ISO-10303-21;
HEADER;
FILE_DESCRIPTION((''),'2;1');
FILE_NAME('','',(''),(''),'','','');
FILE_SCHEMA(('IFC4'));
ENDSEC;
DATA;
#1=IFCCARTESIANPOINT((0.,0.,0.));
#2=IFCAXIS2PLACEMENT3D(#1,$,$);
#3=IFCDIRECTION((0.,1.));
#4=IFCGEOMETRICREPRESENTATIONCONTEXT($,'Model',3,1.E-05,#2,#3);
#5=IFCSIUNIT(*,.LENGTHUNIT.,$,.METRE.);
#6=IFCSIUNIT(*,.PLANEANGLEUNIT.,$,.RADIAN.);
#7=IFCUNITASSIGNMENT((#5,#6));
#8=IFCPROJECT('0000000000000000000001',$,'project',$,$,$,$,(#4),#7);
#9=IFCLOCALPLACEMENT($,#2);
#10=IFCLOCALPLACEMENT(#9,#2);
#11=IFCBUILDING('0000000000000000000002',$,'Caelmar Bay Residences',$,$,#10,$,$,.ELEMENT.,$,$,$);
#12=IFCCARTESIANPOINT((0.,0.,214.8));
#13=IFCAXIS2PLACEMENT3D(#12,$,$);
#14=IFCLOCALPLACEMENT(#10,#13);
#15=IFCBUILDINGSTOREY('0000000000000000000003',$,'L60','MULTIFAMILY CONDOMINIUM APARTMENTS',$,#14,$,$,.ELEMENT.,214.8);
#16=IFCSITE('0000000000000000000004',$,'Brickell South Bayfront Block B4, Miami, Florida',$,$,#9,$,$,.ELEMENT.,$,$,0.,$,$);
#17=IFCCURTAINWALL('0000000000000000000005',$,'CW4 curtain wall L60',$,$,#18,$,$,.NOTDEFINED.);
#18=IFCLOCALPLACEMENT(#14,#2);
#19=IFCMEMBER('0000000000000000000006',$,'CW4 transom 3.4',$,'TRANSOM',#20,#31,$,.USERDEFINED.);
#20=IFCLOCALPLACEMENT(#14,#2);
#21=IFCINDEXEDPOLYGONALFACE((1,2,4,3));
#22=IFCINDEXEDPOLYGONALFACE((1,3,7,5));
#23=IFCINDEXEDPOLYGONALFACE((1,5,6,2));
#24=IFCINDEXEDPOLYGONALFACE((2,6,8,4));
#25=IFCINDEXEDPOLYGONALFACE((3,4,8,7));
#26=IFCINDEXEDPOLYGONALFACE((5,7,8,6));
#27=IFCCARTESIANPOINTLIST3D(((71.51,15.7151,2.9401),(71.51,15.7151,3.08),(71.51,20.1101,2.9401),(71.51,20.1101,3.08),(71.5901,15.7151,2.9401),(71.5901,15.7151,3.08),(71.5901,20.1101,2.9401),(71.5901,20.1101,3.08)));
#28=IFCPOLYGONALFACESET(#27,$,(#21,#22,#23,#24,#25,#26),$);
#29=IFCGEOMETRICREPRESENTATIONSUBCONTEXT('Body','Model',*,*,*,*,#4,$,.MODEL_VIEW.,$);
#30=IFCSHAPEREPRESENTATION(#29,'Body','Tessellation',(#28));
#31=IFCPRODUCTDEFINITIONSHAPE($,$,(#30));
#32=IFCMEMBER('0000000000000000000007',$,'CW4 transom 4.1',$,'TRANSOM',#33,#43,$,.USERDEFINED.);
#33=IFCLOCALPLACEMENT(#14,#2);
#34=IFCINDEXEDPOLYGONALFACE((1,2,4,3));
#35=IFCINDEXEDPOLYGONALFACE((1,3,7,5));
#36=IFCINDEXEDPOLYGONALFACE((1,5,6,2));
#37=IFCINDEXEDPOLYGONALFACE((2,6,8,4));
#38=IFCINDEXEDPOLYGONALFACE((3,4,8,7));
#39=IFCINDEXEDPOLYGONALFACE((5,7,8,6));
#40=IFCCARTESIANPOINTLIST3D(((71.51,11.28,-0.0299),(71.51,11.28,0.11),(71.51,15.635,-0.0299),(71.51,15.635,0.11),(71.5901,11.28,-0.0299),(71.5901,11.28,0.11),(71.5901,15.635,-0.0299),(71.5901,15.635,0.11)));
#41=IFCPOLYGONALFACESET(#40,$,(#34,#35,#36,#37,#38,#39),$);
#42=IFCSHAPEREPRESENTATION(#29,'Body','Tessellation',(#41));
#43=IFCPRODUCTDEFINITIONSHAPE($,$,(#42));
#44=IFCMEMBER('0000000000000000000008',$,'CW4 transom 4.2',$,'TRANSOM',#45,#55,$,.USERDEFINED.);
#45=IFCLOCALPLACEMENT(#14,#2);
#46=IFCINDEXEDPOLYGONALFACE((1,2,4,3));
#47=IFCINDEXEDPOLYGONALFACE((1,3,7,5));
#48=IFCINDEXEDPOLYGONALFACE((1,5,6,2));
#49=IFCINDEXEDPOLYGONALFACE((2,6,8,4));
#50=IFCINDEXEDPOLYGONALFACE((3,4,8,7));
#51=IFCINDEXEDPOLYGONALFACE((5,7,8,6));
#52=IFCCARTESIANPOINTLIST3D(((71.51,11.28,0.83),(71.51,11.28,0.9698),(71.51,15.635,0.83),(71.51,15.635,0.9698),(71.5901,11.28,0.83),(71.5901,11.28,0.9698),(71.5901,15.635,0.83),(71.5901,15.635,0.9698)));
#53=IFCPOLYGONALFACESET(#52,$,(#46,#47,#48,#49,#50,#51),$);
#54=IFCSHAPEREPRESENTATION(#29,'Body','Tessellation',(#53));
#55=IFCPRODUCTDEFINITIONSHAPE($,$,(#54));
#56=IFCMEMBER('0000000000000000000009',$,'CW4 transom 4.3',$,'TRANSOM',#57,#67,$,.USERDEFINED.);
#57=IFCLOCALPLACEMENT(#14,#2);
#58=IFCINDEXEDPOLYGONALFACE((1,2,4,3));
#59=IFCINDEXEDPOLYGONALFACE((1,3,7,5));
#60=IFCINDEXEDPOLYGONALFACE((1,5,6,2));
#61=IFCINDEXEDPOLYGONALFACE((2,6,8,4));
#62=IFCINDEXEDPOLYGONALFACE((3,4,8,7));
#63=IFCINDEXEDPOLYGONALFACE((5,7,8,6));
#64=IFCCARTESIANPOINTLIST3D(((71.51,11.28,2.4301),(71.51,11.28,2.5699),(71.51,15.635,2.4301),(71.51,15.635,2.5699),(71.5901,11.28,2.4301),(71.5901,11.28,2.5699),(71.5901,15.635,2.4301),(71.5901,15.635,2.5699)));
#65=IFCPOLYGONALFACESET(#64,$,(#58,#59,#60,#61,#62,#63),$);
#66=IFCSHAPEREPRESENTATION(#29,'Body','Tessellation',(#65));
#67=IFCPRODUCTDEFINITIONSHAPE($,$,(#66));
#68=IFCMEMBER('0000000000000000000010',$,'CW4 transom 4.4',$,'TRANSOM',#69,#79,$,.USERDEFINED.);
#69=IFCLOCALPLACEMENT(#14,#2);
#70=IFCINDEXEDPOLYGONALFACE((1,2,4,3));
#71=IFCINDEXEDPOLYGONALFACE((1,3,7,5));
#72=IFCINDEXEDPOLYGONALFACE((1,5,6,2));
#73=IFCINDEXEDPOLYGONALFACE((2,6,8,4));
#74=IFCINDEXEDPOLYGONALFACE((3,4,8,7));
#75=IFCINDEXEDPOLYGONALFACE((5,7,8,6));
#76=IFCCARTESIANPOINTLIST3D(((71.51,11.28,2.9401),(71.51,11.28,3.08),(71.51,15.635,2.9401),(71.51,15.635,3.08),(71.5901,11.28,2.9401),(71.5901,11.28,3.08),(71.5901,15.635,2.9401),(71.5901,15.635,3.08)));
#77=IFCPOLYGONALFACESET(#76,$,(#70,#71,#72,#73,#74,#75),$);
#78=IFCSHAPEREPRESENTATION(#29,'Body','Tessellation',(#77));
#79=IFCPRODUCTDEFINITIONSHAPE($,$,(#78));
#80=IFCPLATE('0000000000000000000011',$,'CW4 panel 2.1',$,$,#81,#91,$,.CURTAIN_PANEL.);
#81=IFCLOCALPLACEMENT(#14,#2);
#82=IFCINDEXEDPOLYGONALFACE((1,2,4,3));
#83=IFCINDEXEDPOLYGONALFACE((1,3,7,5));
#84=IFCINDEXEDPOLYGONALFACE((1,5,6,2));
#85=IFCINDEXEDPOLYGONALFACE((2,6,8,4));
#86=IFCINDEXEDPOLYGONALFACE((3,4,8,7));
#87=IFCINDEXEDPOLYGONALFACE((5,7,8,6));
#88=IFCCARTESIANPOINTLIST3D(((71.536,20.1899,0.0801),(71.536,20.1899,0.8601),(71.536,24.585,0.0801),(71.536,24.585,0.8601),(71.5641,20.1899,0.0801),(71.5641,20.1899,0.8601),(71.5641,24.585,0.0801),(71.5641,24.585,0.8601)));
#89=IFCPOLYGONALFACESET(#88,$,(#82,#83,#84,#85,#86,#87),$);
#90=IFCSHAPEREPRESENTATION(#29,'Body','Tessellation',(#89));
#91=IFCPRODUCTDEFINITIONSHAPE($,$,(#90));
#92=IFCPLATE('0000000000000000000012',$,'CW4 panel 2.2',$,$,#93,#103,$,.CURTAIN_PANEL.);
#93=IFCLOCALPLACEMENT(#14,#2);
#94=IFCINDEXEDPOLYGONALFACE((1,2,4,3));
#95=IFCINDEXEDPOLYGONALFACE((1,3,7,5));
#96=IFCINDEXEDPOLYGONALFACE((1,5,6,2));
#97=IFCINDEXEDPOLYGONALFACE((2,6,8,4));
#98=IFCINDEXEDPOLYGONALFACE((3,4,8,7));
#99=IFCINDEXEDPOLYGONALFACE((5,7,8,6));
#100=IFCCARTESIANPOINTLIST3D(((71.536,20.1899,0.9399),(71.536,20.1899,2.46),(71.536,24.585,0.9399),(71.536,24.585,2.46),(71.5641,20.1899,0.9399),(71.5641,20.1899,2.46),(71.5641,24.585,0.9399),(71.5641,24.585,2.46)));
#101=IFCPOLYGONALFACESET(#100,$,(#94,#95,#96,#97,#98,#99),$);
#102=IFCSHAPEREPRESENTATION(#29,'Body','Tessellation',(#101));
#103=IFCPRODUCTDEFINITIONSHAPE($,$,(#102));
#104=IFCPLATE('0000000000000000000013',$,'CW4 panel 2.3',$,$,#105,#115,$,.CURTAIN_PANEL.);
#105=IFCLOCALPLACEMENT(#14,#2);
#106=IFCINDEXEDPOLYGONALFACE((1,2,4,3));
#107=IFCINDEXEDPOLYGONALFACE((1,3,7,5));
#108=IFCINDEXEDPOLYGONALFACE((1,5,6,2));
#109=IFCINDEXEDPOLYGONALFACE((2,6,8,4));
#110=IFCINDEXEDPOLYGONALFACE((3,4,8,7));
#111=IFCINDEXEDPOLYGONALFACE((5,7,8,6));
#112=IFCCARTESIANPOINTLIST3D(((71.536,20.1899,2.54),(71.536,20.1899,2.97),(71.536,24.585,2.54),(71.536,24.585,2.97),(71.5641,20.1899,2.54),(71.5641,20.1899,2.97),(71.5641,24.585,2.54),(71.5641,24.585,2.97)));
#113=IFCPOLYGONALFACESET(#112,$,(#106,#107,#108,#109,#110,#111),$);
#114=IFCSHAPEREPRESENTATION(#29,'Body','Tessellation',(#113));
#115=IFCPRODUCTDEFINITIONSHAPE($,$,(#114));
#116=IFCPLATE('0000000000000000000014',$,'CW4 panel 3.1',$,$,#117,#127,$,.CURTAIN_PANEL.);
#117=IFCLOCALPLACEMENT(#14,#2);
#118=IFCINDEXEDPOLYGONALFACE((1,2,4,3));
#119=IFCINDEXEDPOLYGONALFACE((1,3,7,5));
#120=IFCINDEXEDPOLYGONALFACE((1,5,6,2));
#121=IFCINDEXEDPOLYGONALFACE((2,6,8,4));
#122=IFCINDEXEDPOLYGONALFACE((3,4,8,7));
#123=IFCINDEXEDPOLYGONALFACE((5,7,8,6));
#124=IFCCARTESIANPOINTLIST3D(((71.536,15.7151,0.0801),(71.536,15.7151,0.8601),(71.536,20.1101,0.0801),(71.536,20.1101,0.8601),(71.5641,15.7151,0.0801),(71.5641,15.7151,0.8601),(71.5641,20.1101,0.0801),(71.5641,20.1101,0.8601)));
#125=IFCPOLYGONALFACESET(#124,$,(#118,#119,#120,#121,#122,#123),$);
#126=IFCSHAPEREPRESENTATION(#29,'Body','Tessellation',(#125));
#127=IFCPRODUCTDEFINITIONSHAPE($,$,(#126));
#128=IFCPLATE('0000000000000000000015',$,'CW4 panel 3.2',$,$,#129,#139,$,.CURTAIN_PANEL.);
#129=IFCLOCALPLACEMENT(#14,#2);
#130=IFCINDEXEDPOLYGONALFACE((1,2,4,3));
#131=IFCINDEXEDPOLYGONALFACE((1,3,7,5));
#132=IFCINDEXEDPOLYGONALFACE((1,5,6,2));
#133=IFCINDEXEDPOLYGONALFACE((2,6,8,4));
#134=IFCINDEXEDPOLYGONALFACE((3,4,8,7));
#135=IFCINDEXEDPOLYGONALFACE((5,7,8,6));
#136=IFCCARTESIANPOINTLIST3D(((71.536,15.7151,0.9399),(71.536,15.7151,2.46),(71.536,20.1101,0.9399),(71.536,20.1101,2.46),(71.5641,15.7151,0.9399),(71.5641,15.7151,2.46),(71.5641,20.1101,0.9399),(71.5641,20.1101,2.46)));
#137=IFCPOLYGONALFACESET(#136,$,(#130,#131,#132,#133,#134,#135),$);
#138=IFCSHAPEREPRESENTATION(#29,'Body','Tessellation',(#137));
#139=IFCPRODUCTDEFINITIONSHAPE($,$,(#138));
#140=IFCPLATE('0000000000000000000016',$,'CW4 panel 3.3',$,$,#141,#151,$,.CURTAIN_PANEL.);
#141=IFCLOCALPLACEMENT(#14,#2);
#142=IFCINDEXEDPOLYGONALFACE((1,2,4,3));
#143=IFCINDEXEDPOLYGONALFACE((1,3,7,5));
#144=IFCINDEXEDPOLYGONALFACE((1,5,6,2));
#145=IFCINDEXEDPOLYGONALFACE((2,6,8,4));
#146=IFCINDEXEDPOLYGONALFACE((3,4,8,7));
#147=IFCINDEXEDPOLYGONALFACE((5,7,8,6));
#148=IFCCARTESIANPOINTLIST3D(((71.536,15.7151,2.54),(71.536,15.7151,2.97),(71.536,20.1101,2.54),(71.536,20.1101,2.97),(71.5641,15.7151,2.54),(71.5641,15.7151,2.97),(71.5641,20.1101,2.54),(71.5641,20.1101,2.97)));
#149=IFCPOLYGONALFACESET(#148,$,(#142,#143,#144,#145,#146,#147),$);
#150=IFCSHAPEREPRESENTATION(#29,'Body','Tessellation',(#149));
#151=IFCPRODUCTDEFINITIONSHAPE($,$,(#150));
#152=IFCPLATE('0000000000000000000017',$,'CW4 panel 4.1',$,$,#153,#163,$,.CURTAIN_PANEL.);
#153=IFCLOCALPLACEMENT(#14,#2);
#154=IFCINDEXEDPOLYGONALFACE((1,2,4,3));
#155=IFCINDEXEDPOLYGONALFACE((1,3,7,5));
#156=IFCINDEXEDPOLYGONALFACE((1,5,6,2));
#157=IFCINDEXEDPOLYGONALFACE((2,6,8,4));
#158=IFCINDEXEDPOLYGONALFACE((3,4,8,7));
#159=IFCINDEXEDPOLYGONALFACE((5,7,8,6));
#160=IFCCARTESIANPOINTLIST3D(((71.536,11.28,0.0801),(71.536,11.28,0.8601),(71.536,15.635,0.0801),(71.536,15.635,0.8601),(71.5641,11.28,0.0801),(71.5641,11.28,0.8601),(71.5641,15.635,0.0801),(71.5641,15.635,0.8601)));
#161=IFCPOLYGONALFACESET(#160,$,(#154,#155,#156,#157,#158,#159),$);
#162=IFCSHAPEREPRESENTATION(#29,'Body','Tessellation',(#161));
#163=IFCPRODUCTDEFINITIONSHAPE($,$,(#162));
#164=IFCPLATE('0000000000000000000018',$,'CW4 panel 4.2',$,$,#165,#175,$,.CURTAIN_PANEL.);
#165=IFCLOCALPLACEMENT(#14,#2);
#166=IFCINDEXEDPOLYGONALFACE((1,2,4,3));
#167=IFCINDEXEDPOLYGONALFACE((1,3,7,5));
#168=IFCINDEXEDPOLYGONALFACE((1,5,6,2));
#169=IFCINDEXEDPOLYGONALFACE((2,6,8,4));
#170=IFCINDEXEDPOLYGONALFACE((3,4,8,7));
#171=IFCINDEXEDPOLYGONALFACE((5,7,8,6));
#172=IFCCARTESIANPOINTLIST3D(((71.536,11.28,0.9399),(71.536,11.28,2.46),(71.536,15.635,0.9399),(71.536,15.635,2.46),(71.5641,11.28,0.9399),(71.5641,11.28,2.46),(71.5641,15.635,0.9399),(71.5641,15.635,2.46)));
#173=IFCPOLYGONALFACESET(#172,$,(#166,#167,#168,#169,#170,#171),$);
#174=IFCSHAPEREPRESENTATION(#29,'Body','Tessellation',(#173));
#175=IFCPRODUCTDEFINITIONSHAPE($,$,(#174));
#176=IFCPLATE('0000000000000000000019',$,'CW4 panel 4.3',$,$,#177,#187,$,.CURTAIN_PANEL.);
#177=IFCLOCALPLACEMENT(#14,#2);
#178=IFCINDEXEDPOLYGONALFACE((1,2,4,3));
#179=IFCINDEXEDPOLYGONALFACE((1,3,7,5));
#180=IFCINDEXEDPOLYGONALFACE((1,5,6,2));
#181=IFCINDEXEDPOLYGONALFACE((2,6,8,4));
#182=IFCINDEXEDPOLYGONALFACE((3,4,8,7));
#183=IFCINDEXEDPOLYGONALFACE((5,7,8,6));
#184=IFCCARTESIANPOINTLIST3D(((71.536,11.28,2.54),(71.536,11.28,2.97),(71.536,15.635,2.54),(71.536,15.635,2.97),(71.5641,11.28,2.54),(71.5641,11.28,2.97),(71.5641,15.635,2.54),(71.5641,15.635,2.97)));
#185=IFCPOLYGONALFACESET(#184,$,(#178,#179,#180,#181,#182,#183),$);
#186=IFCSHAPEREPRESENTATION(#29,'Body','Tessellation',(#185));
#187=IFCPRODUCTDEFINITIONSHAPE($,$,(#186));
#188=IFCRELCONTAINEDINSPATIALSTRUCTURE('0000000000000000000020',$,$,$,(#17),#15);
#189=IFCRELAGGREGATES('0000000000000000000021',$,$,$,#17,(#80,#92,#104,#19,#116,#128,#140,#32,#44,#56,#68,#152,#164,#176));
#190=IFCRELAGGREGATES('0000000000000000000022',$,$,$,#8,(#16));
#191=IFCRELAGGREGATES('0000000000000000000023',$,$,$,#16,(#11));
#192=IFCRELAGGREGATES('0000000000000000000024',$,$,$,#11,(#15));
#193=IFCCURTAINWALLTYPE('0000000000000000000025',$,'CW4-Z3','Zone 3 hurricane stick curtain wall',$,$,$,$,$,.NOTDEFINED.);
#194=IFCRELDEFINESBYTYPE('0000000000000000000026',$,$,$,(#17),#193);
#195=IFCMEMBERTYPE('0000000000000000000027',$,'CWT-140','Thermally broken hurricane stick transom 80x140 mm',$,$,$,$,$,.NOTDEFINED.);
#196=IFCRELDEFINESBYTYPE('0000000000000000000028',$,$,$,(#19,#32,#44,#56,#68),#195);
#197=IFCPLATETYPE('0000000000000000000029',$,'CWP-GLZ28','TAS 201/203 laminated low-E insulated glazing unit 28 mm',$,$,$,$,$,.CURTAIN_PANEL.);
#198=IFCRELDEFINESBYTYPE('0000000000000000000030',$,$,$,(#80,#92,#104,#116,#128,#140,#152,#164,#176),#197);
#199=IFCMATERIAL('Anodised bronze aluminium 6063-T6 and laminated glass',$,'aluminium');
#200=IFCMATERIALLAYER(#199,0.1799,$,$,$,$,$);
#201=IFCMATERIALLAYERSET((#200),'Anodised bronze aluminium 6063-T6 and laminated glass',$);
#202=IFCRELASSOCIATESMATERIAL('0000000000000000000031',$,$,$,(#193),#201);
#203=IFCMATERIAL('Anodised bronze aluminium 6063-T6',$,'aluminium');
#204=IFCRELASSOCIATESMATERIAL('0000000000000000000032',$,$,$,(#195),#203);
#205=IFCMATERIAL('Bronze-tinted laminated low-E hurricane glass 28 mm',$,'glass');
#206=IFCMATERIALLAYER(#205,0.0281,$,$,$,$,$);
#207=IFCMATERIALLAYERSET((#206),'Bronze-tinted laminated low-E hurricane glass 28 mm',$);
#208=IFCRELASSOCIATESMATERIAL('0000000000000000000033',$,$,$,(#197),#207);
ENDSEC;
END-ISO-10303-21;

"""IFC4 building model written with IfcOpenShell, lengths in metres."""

from ifc_helpers import new_model, si_unit, direction, frame, origin, origin_2d, place, context, subcontext, project, spatial, rectangle, extrude, material, layer, layer_set, material_profile, profile_set, type_object, element, aggregate, save


model = new_model("IFC4")

# Units and contexts
model_context = context("Model", 3, precision=1e-05, world=origin(), true_north=direction((0.0, 1.0)))
body_context = subcontext(model_context, "Body", "Model", "MODEL_VIEW")
ifc_project = project(units=[si_unit("LENGTHUNIT", "METRE"), si_unit("PLANEANGLEUNIT", "RADIAN")], contexts=[model_context])

# Site, building, storey
site_placement = place(None, origin())
site = spatial("IfcSite", under=ifc_project, at=site_placement, Name="Brickell South Bayfront Block B4, Miami, Florida", CompositionType="ELEMENT", RefElevation=0.0)
building_placement = place(site_placement, origin())
building = spatial("IfcBuilding", under=site, at=building_placement, Name="Caelmar Bay Residences", CompositionType="ELEMENT")
storey_placement = place(building_placement, frame((0.0, 0.0, 214.8)))
storey = spatial("IfcBuildingStorey", under=building, at=storey_placement, Name="L60", Description="MULTIFAMILY CONDOMINIUM APARTMENTS", CompositionType="ELEMENT", Elevation=214.8)

# Curtain wall, members, plates
ifc_material_1 = material(Name="Anodised bronze aluminium 6063-T6 and laminated glass", Category="aluminium")
ifc_layer_1 = layer(ifc_material_1, 0.1799)
ifc_layer_set_1 = layer_set([ifc_layer_1], Name="Anodised bronze aluminium 6063-T6 and laminated glass")
curtain_wall_type = type_object("IfcCurtainWallType", Name="CW4-Z3", Description="Zone 3 hurricane stick curtain wall", PredefinedType="NOTDEFINED", material=ifc_layer_set_1)
curtain_wall_placement = place(storey_placement, origin())
curtain_wall = element("IfcCurtainWall", 1, at=curtain_wall_placement, inside=storey, type_object=curtain_wall_type, Name="CW4 curtain wall L60", PredefinedType="NOTDEFINED")
ifc_material_2 = material(Name="Anodised bronze aluminium 6063-T6", Category="aluminium")
ifc_material_profile_1 = material_profile(ifc_material_2, rectangle(XDim=0.0801, YDim=0.1399, at=origin_2d()), Name="CWT-80X140")
ifc_profile_set_1 = profile_set([ifc_material_profile_1], Name="Anodised bronze aluminium 6063-T6")
member_type_1 = type_object("IfcMemberType", Name="CWT-140", Description="Thermally broken hurricane stick transom 80x140 mm", PredefinedType="NOTDEFINED", material=ifc_profile_set_1)
member_1_placement = place(storey_placement, frame((71.55, 20.1101, 3.01), z_axis=(0.0, -1.0, 0.0), x_axis=(1.0, 0.0, 0.0)))
member_1 = element("IfcMember", 2, at=member_1_placement, type_object=member_type_1, Name="CW4 transom 3.4", ObjectType="TRANSOM", PredefinedType="USERDEFINED", context=body_context, shape_type="SweptSolid", body=[
    extrude(rectangle(XDim=0.0801, YDim=0.1399, at=origin_2d()), origin(), (0.0, 0.0, 1.0), 4.395),
])
member_2_placement = place(storey_placement, frame((71.55, 15.635, 0.04), z_axis=(0.0, -1.0, 0.0), x_axis=(1.0, 0.0, 0.0)))
member_2 = element("IfcMember", 3, at=member_2_placement, type_object=member_type_1, Name="CW4 transom 4.1", ObjectType="TRANSOM", PredefinedType="USERDEFINED", context=body_context, shape_type="SweptSolid", body=[
    extrude(rectangle(XDim=0.0801, YDim=0.1399, at=origin_2d()), origin(), (0.0, 0.0, 1.0), 4.355),
])
member_3_placement = place(storey_placement, frame((71.55, 15.635, 0.8999), z_axis=(0.0, -1.0, 0.0), x_axis=(1.0, 0.0, 0.0)))
member_3 = element("IfcMember", 4, at=member_3_placement, type_object=member_type_1, Name="CW4 transom 4.2", ObjectType="TRANSOM", PredefinedType="USERDEFINED", context=body_context, shape_type="SweptSolid", body=[
    extrude(rectangle(XDim=0.0801, YDim=0.1399, at=origin_2d()), origin(), (0.0, 0.0, 1.0), 4.355),
])
member_4_placement = place(storey_placement, frame((71.55, 15.635, 2.5), z_axis=(0.0, -1.0, 0.0), x_axis=(1.0, 0.0, 0.0)))
member_4 = element("IfcMember", 5, at=member_4_placement, type_object=member_type_1, Name="CW4 transom 4.3", ObjectType="TRANSOM", PredefinedType="USERDEFINED", context=body_context, shape_type="SweptSolid", body=[
    extrude(rectangle(XDim=0.0801, YDim=0.1399, at=origin_2d()), origin(), (0.0, 0.0, 1.0), 4.355),
])
member_5_placement = place(storey_placement, frame((71.55, 15.635, 3.01), z_axis=(0.0, -1.0, 0.0), x_axis=(1.0, 0.0, 0.0)))
member_5 = element("IfcMember", 6, at=member_5_placement, type_object=member_type_1, Name="CW4 transom 4.4", ObjectType="TRANSOM", PredefinedType="USERDEFINED", context=body_context, shape_type="SweptSolid", body=[
    extrude(rectangle(XDim=0.0801, YDim=0.1399, at=origin_2d()), origin(), (0.0, 0.0, 1.0), 4.355),
])
ifc_material_3 = material(Name="Bronze-tinted laminated low-E hurricane glass 28 mm", Category="glass")
ifc_layer_2 = layer(ifc_material_3, 0.0281)
ifc_layer_set_2 = layer_set([ifc_layer_2], Name="Bronze-tinted laminated low-E hurricane glass 28 mm")
plate_type = type_object("IfcPlateType", Name="CWP-GLZ28", Description="TAS 201/203 laminated low-E insulated glazing unit 28 mm", PredefinedType="CURTAIN_PANEL", material=ifc_layer_set_2)
plate_1_placement = place(storey_placement, frame((71.55, 22.3875, 0.0801), z_axis=(0.0, 0.0, 1.0), x_axis=(0.0, -1.0, 0.0)))
plate_1 = element("IfcPlate", 7, at=plate_1_placement, type_object=plate_type, Name="CW4 panel 2.1", PredefinedType="CURTAIN_PANEL", context=body_context, shape_type="SweptSolid", body=[
    extrude(rectangle(XDim=4.395, YDim=0.0281, at=origin_2d()), origin(), (0.0, 0.0, 1.0), 0.78),
])
plate_2_placement = place(storey_placement, frame((71.55, 22.3875, 0.9399), z_axis=(0.0, 0.0, 1.0), x_axis=(0.0, -1.0, 0.0)))
plate_2 = element("IfcPlate", 8, at=plate_2_placement, type_object=plate_type, Name="CW4 panel 2.2", PredefinedType="CURTAIN_PANEL", context=body_context, shape_type="SweptSolid", body=[
    extrude(rectangle(XDim=4.395, YDim=0.0281, at=origin_2d()), origin(), (0.0, 0.0, 1.0), 1.52),
])
plate_3_placement = place(storey_placement, frame((71.55, 22.3875, 2.54), z_axis=(0.0, 0.0, 1.0), x_axis=(0.0, -1.0, 0.0)))
plate_3 = element("IfcPlate", 9, at=plate_3_placement, type_object=plate_type, Name="CW4 panel 2.3", PredefinedType="CURTAIN_PANEL", context=body_context, shape_type="SweptSolid", body=[
    extrude(rectangle(XDim=4.395, YDim=0.0281, at=origin_2d()), origin(), (0.0, 0.0, 1.0), 0.4299),
])
plate_4_placement = place(storey_placement, frame((71.55, 17.9126, 0.0801), z_axis=(0.0, 0.0, 1.0), x_axis=(0.0, -1.0, 0.0)))
plate_4 = element("IfcPlate", 10, at=plate_4_placement, type_object=plate_type, Name="CW4 panel 3.1", PredefinedType="CURTAIN_PANEL", context=body_context, shape_type="SweptSolid", body=[
    extrude(rectangle(XDim=4.395, YDim=0.0281, at=origin_2d()), origin(), (0.0, 0.0, 1.0), 0.78),
])
plate_5_placement = place(storey_placement, frame((71.55, 17.9126, 0.9399), z_axis=(0.0, 0.0, 1.0), x_axis=(0.0, -1.0, 0.0)))
plate_5 = element("IfcPlate", 11, at=plate_5_placement, type_object=plate_type, Name="CW4 panel 3.2", PredefinedType="CURTAIN_PANEL", context=body_context, shape_type="SweptSolid", body=[
    extrude(rectangle(XDim=4.395, YDim=0.0281, at=origin_2d()), origin(), (0.0, 0.0, 1.0), 1.52),
])
plate_6_placement = place(storey_placement, frame((71.55, 17.9126, 2.54), z_axis=(0.0, 0.0, 1.0), x_axis=(0.0, -1.0, 0.0)))
plate_6 = element("IfcPlate", 12, at=plate_6_placement, type_object=plate_type, Name="CW4 panel 3.3", PredefinedType="CURTAIN_PANEL", context=body_context, shape_type="SweptSolid", body=[
    extrude(rectangle(XDim=4.395, YDim=0.0281, at=origin_2d()), origin(), (0.0, 0.0, 1.0), 0.4299),
])
plate_7_placement = place(storey_placement, frame((71.55, 13.4575, 0.0801), z_axis=(0.0, 0.0, 1.0), x_axis=(0.0, -1.0, 0.0)))
plate_7 = element("IfcPlate", 13, at=plate_7_placement, type_object=plate_type, Name="CW4 panel 4.1", PredefinedType="CURTAIN_PANEL", context=body_context, shape_type="SweptSolid", body=[
    extrude(rectangle(XDim=4.355, YDim=0.0281, at=origin_2d()), origin(), (0.0, 0.0, 1.0), 0.78),
])
plate_8_placement = place(storey_placement, frame((71.55, 13.4575, 0.9399), z_axis=(0.0, 0.0, 1.0), x_axis=(0.0, -1.0, 0.0)))
plate_8 = element("IfcPlate", 14, at=plate_8_placement, type_object=plate_type, Name="CW4 panel 4.2", PredefinedType="CURTAIN_PANEL", context=body_context, shape_type="SweptSolid", body=[
    extrude(rectangle(XDim=4.355, YDim=0.0281, at=origin_2d()), origin(), (0.0, 0.0, 1.0), 1.52),
])
plate_9_placement = place(storey_placement, frame((71.55, 13.4575, 2.54), z_axis=(0.0, 0.0, 1.0), x_axis=(0.0, -1.0, 0.0)))
plate_9 = element("IfcPlate", 15, at=plate_9_placement, type_object=plate_type, Name="CW4 panel 4.3", PredefinedType="CURTAIN_PANEL", context=body_context, shape_type="SweptSolid", body=[
    extrude(rectangle(XDim=4.355, YDim=0.0281, at=origin_2d()), origin(), (0.0, 0.0, 1.0), 0.4299),
])
aggregate(curtain_wall, [plate_1, plate_2, plate_3, member_1, plate_4, plate_5, plate_6, member_2, member_3, member_4, member_5, plate_7, plate_8, plate_9])

save(model, "model.ifc")
